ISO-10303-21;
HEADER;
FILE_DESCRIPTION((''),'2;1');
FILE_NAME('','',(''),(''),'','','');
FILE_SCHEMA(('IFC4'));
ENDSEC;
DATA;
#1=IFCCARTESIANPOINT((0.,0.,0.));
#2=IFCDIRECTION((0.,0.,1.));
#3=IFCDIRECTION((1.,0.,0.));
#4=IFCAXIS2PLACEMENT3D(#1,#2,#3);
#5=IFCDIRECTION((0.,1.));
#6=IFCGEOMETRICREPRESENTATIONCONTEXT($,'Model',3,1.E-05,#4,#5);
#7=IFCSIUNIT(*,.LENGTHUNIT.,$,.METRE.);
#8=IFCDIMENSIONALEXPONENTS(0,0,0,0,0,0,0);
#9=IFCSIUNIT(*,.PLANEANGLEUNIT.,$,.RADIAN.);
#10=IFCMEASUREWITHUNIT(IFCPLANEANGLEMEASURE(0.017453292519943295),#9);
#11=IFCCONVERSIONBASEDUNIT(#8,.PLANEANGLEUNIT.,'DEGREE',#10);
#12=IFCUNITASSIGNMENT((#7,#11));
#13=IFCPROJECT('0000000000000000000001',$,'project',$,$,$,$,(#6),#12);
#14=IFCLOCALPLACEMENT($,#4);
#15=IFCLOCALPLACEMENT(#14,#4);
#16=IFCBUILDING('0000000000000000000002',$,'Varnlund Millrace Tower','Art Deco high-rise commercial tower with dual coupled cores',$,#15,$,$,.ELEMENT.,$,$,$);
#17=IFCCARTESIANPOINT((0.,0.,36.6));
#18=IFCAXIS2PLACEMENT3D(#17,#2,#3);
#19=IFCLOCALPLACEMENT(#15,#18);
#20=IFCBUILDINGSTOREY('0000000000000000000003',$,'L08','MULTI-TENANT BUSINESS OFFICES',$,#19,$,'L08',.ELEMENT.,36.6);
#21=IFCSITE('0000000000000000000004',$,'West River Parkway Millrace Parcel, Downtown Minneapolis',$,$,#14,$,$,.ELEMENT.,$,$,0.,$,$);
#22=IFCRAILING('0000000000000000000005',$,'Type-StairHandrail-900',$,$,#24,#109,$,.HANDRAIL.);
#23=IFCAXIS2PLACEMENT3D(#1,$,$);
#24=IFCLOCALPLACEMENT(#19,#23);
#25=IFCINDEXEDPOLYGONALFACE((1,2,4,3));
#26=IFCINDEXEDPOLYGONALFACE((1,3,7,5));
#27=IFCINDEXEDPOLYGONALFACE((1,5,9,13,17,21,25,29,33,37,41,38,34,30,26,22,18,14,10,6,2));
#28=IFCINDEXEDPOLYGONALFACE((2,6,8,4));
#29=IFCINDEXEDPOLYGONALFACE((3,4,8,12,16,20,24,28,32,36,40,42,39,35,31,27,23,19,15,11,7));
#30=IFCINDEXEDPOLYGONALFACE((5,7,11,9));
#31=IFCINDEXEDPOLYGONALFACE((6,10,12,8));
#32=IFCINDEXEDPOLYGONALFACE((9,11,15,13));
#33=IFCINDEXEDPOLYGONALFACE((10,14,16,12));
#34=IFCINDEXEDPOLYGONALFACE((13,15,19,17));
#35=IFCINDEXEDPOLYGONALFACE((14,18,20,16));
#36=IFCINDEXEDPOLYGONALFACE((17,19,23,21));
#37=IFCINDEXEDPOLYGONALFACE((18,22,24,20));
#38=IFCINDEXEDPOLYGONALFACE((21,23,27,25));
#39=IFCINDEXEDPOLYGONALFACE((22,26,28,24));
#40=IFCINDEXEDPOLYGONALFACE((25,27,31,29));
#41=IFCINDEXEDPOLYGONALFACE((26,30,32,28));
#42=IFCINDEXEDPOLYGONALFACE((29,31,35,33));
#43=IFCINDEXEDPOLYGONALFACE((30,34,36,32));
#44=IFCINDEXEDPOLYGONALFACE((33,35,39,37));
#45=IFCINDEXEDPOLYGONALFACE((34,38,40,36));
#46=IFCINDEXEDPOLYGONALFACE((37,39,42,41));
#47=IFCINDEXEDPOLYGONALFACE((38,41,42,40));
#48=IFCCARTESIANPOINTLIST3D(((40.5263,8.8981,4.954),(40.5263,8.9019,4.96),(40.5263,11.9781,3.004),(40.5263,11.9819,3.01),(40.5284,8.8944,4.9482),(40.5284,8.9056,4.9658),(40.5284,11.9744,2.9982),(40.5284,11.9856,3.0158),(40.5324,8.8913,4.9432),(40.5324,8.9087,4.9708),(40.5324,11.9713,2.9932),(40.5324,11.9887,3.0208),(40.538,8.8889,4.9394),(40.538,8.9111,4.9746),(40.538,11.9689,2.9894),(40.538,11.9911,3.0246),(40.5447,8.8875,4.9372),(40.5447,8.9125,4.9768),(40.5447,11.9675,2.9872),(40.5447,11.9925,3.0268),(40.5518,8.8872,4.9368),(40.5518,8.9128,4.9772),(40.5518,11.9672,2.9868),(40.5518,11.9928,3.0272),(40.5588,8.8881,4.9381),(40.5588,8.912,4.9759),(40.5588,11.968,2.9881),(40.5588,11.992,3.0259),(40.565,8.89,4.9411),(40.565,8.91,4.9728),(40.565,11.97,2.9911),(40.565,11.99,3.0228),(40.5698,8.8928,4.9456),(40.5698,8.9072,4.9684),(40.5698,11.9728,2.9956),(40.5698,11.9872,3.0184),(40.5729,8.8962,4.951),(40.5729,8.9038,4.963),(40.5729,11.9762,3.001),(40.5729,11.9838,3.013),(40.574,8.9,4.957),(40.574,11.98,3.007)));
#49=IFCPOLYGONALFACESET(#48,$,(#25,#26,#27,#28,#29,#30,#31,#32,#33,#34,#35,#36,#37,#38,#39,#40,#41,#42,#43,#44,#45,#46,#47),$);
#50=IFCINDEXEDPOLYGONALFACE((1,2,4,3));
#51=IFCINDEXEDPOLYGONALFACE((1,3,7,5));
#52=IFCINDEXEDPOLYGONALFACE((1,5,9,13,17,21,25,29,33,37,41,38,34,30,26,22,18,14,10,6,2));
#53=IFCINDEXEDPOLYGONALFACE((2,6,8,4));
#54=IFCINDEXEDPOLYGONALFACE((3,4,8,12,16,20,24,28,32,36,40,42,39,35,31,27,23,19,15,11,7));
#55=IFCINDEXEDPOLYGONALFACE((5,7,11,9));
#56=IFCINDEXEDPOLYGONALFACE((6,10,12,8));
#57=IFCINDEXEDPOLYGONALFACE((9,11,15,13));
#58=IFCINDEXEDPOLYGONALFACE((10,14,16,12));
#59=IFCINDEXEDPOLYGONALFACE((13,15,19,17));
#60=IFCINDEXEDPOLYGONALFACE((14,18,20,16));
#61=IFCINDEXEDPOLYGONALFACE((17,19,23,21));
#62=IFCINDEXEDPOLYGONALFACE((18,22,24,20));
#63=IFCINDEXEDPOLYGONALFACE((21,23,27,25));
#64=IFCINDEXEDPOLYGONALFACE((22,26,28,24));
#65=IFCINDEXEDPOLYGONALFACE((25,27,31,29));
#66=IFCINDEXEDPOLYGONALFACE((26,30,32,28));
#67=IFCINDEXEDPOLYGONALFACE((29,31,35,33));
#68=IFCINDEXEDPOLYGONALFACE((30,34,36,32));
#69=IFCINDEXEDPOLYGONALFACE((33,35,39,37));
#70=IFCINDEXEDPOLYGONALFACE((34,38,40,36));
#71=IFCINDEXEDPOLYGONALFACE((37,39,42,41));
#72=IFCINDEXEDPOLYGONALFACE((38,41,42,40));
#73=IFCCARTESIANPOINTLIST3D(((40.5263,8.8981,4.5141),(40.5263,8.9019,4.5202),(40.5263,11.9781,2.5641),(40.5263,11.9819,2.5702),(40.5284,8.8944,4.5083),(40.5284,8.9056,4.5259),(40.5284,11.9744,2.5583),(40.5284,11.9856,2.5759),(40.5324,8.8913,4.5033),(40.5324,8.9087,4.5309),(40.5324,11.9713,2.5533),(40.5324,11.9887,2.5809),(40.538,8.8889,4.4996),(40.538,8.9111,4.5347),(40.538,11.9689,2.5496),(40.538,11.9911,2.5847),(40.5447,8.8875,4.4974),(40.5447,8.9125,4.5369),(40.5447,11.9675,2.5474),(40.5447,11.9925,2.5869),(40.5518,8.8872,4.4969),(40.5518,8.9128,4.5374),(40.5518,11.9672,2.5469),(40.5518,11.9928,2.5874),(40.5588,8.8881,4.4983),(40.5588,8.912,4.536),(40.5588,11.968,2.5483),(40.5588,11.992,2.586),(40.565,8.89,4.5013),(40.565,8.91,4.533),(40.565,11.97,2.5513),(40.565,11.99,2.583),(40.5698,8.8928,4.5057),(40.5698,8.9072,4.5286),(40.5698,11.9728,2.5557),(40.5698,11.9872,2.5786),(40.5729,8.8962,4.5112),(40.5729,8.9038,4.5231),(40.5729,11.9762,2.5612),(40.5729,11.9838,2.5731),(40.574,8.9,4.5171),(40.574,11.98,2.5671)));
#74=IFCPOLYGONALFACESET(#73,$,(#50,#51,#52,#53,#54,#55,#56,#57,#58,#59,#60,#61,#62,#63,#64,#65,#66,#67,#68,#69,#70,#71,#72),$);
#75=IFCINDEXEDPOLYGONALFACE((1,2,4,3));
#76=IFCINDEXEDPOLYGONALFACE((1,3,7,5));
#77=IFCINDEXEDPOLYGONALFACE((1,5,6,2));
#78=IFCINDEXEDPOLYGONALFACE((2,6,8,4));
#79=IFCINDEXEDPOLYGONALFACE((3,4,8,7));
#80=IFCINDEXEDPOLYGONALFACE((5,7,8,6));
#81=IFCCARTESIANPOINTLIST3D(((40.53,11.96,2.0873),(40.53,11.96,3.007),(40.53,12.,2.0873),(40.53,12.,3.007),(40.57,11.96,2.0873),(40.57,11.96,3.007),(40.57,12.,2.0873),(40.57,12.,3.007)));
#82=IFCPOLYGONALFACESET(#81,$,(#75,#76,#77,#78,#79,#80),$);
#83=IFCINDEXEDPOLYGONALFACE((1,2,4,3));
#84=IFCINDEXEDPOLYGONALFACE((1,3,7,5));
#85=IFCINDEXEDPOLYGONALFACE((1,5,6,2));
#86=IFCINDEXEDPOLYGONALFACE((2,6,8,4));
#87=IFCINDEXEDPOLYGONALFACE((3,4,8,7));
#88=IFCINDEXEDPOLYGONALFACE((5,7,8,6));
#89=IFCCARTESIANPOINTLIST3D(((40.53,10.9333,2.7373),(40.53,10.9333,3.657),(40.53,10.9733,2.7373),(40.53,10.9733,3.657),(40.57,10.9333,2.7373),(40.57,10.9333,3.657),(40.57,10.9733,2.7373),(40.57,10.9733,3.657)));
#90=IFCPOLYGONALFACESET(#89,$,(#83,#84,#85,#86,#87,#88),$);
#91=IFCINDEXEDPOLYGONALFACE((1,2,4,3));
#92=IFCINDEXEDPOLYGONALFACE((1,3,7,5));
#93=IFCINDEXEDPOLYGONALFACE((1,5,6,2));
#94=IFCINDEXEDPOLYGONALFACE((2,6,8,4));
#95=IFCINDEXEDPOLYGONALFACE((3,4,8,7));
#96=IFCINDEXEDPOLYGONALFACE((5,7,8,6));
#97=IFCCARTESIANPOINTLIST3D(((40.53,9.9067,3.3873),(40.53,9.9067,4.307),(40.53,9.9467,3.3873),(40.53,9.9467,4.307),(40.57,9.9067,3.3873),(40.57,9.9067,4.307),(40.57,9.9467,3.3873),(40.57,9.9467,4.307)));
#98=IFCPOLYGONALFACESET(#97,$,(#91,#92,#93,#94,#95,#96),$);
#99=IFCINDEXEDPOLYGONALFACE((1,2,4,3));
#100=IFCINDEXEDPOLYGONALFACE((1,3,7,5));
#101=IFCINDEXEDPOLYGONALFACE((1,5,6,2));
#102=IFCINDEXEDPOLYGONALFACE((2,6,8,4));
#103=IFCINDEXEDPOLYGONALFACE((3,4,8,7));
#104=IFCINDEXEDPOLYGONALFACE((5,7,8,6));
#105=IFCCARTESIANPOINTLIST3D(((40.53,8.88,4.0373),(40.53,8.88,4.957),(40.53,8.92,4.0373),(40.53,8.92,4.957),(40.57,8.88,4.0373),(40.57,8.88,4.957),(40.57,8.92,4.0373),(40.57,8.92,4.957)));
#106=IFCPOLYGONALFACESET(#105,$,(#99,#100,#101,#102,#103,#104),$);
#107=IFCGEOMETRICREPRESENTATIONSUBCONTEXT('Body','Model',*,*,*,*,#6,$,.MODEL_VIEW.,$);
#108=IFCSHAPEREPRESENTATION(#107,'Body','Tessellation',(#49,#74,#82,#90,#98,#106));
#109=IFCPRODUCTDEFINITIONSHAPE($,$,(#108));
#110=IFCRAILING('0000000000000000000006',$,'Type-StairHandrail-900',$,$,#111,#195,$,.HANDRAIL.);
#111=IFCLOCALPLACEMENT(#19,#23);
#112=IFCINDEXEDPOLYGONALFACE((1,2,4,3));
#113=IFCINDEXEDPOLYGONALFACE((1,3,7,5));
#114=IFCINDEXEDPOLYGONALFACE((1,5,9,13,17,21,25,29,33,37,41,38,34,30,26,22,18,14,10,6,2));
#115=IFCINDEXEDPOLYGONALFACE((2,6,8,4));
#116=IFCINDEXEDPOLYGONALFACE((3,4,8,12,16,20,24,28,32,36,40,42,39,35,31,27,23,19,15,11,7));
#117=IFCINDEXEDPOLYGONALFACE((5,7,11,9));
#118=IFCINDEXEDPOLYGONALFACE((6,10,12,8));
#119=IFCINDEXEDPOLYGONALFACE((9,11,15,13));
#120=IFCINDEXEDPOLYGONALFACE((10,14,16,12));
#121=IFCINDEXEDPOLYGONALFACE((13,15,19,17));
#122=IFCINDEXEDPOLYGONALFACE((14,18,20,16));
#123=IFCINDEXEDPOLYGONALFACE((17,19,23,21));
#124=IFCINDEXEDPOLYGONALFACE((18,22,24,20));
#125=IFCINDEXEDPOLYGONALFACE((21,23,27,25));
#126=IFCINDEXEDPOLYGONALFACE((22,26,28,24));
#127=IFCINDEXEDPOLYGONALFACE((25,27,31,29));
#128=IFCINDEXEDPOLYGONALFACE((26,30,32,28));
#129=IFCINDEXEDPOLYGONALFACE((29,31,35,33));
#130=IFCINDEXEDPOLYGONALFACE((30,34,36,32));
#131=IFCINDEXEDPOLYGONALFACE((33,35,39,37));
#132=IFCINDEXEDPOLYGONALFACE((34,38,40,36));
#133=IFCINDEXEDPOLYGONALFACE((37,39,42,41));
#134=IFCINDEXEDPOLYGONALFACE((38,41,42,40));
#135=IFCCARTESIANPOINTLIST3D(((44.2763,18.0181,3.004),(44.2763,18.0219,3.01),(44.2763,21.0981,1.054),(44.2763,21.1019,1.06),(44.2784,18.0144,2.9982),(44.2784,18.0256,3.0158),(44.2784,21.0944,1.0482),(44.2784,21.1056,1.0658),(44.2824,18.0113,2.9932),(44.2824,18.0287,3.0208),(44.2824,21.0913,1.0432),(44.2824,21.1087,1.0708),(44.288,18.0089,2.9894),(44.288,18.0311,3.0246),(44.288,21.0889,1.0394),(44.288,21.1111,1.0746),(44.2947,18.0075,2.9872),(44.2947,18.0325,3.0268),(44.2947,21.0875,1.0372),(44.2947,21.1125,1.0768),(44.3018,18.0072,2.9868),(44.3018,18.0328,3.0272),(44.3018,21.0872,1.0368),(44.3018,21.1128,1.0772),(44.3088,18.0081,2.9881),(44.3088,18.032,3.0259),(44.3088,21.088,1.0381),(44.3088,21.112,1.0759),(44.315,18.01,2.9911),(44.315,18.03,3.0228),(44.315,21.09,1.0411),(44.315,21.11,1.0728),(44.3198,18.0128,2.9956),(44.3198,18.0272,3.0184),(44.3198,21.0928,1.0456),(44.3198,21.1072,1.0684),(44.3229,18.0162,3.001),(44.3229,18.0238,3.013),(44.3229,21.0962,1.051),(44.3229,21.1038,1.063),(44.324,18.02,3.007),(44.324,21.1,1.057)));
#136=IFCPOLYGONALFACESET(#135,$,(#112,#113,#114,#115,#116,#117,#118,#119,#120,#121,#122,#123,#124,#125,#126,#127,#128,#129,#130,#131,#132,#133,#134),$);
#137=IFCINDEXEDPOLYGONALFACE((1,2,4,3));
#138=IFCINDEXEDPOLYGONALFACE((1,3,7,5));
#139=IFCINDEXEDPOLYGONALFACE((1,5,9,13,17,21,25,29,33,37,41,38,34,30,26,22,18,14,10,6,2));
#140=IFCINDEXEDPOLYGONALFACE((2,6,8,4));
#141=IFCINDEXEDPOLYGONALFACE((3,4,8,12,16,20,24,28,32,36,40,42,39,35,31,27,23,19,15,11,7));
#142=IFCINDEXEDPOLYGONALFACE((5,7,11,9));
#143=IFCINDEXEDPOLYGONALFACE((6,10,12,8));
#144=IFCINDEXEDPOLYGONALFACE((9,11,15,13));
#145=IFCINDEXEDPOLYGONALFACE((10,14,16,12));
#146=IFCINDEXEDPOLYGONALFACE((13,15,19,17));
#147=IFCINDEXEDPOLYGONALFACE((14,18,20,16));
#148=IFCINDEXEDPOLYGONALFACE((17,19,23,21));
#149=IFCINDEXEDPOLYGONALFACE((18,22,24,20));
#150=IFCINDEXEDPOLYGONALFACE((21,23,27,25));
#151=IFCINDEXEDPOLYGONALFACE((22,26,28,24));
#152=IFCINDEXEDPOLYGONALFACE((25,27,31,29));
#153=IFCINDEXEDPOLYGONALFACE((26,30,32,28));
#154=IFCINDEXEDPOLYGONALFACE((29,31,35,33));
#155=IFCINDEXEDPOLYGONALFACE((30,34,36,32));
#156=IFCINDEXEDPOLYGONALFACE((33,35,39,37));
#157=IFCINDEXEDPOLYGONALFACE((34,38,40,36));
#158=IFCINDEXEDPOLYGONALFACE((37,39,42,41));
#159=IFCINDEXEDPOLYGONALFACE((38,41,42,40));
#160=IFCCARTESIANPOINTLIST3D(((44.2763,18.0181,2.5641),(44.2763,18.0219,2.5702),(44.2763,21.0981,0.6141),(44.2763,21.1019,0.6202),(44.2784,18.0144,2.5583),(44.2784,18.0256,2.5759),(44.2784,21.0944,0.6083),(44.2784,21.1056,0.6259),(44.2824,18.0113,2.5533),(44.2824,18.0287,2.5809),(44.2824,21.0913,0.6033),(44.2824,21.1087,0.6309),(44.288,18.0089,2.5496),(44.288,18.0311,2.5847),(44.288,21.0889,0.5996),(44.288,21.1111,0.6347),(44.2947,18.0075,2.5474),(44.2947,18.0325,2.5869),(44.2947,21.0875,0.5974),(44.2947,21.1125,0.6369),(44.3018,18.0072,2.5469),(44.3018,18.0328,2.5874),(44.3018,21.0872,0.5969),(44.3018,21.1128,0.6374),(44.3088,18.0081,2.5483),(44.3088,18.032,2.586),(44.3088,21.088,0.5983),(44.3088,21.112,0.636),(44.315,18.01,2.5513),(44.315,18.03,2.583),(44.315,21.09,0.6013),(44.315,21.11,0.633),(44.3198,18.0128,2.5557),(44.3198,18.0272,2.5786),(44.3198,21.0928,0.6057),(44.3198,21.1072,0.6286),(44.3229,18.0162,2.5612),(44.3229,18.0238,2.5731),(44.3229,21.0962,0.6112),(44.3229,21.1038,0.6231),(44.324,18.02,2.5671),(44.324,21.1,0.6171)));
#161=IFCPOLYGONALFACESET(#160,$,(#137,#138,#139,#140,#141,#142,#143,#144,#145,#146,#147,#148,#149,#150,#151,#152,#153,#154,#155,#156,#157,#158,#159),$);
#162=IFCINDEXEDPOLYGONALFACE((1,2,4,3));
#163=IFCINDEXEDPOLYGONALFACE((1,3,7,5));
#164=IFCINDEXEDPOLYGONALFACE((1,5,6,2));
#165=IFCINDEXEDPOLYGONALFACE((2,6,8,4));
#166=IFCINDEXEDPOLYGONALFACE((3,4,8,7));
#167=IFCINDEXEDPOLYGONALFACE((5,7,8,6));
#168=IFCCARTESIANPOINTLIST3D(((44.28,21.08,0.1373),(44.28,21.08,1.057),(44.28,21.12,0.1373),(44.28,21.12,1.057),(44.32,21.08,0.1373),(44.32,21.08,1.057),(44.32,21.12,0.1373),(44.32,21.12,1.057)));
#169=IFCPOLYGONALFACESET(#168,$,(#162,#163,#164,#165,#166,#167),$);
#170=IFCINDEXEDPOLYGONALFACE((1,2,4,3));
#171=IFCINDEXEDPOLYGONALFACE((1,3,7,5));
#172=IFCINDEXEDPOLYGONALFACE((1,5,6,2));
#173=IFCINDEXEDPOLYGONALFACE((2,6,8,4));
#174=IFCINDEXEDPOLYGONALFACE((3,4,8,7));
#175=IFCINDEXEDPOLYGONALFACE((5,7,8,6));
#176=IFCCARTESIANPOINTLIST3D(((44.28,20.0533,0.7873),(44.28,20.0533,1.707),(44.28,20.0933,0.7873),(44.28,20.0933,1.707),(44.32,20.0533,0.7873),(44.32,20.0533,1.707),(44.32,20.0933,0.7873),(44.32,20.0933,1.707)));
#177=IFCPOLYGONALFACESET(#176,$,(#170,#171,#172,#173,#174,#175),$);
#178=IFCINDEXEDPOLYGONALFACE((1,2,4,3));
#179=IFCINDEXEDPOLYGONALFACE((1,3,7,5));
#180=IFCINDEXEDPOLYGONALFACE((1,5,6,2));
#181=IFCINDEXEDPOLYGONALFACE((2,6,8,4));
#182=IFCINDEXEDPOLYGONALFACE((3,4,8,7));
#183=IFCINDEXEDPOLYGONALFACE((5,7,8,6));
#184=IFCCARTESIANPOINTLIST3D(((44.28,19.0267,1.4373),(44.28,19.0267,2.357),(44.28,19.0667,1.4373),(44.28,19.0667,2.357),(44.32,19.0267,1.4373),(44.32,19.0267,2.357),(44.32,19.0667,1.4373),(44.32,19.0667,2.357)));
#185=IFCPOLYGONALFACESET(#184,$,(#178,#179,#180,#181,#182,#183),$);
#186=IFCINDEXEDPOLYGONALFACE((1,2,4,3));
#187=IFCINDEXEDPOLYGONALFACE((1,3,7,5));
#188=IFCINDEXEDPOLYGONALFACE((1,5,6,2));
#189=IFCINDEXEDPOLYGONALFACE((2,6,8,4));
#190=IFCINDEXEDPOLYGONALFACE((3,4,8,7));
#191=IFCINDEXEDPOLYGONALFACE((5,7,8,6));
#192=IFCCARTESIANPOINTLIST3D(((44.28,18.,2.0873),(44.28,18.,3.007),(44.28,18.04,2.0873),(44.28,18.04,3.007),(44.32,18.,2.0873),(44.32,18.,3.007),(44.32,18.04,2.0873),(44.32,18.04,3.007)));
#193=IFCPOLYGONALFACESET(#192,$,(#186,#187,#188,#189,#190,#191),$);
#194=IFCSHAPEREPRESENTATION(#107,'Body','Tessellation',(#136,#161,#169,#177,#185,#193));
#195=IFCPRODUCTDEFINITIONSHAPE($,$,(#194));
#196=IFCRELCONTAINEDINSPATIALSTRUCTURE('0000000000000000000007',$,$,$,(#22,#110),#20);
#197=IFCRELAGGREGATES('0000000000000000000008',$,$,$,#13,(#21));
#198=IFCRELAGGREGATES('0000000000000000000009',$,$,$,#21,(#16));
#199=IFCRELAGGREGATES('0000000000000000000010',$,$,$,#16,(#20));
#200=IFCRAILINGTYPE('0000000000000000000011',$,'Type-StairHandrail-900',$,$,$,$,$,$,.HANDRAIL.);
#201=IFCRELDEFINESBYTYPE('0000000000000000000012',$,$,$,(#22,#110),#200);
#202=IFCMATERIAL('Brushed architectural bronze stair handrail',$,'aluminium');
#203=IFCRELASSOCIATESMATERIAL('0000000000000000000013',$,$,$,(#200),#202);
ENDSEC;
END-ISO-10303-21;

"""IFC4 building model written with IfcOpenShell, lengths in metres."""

from ifc_helpers import new_model, entity, si_unit, converted_unit, direction, frame, origin_with_axes, origin_2d_with_axis, place, context, subcontext, project, spatial, rectangle, circle, extrude, material, type_object, element, save


model = new_model("IFC4")

# Units and contexts
model_context = context("Model", 3, precision=1e-05, world=origin_with_axes(), true_north=direction((0.0, 1.0)))
body_context = subcontext(model_context, "Body", "Model", "MODEL_VIEW")
ifc_project = project(units=[si_unit("LENGTHUNIT", "METRE"), converted_unit("PLANEANGLEUNIT", "DEGREE", entity("IfcPlaneAngleMeasure", 0.017453292519943295), si_unit("PLANEANGLEUNIT", "RADIAN"), dimensions=[0, 0, 0, 0, 0, 0, 0])], contexts=[model_context])

# Site, building, storey
site_placement = place(None, origin_with_axes())
site = spatial("IfcSite", under=ifc_project, at=site_placement, Name="West River Parkway Millrace Parcel, Downtown Minneapolis", CompositionType="ELEMENT", RefElevation=0.0)
building_placement = place(site_placement, origin_with_axes())
building = spatial("IfcBuilding", under=site, at=building_placement, Name="Varnlund Millrace Tower", Description="Art Deco high-rise commercial tower with dual coupled cores", CompositionType="ELEMENT")
storey_placement = place(building_placement, frame((0.0, 0.0, 36.6), z_axis=(0.0, 0.0, 1.0), x_axis=(1.0, 0.0, 0.0)))
storey = spatial("IfcBuildingStorey", under=building, at=storey_placement, Name="L08", Description="MULTI-TENANT BUSINESS OFFICES", LongName="L08", CompositionType="ELEMENT", Elevation=36.6)

# Railings
ifc_material_1 = material(Name="Brushed architectural bronze stair handrail", Category="aluminium")
railing_type_1 = type_object("IfcRailingType", Name="Type-StairHandrail-900", PredefinedType="HANDRAIL", material=ifc_material_1)
railing_1_placement = place(storey_placement, frame((0.0, 0.0, -36.6), z_axis=(0.0, 0.0, 1.0), x_axis=(1.0, 0.0, 0.0)))
element("IfcRailing", 1, at=railing_1_placement, inside=storey, type_object=railing_type_1, Name="Type-StairHandrail-900", PredefinedType="HANDRAIL", context=body_context, shape_type="SweptSolid", body=[
    extrude(circle(Radius=0.024, at=origin_2d_with_axis()), frame((40.55, 11.98, 39.607), z_axis=(0.0, -0.844902, 0.534922), x_axis=(1.0, 0.0, 0.0)), (0.0, 0.0, 1.0), 3.6454),
    extrude(circle(Radius=0.024, at=origin_2d_with_axis()), frame((40.55, 11.98, 39.1671), z_axis=(0.0, -0.844902, 0.534922), x_axis=(1.0, 0.0, 0.0)), (0.0, 0.0, 1.0), 3.6454),
    extrude(rectangle(XDim=0.04, YDim=0.04, at=origin_2d_with_axis()), frame((40.55, 11.98, 38.6873), z_axis=(0.0, 0.0, 1.0), x_axis=(1.0, 0.0, 0.0)), (0.0, 0.0, 1.0), 0.9197),
    extrude(rectangle(XDim=0.04, YDim=0.04, at=origin_2d_with_axis()), frame((40.55, 10.9533, 39.3373), z_axis=(0.0, 0.0, 1.0), x_axis=(1.0, 0.0, 0.0)), (0.0, 0.0, 1.0), 0.9197),
    extrude(rectangle(XDim=0.04, YDim=0.04, at=origin_2d_with_axis()), frame((40.55, 9.9267, 39.9873), z_axis=(0.0, 0.0, 1.0), x_axis=(1.0, 0.0, 0.0)), (0.0, 0.0, 1.0), 0.9197),
    extrude(rectangle(XDim=0.04, YDim=0.04, at=origin_2d_with_axis()), frame((40.55, 8.9, 40.6373), z_axis=(0.0, 0.0, 1.0), x_axis=(1.0, 0.0, 0.0)), (0.0, 0.0, 1.0), 0.9197),
])
railing_2_placement = place(storey_placement, frame((0.0, 0.0, -36.6), z_axis=(0.0, 0.0, 1.0), x_axis=(1.0, 0.0, 0.0)))
element("IfcRailing", 2, at=railing_2_placement, inside=storey, type_object=railing_type_1, Name="Type-StairHandrail-900", PredefinedType="HANDRAIL", context=body_context, shape_type="SweptSolid", body=[
    extrude(circle(Radius=0.024, at=origin_2d_with_axis()), frame((44.3, 21.1, 37.657), z_axis=(0.0, -0.844902, 0.534922), x_axis=(1.0, 0.0, 0.0)), (0.0, 0.0, 1.0), 3.6454),
    extrude(circle(Radius=0.024, at=origin_2d_with_axis()), frame((44.3, 21.1, 37.2171), z_axis=(0.0, -0.844902, 0.534922), x_axis=(1.0, 0.0, 0.0)), (0.0, 0.0, 1.0), 3.6454),
    extrude(rectangle(XDim=0.04, YDim=0.04, at=origin_2d_with_axis()), frame((44.3, 21.1, 36.7373), z_axis=(0.0, 0.0, 1.0), x_axis=(1.0, 0.0, 0.0)), (0.0, 0.0, 1.0), 0.9197),
    extrude(rectangle(XDim=0.04, YDim=0.04, at=origin_2d_with_axis()), frame((44.3, 20.0733, 37.3873), z_axis=(0.0, 0.0, 1.0), x_axis=(1.0, 0.0, 0.0)), (0.0, 0.0, 1.0), 0.9197),
    extrude(rectangle(XDim=0.04, YDim=0.04, at=origin_2d_with_axis()), frame((44.3, 19.0467, 38.0373), z_axis=(0.0, 0.0, 1.0), x_axis=(1.0, 0.0, 0.0)), (0.0, 0.0, 1.0), 0.9197),
    extrude(rectangle(XDim=0.04, YDim=0.04, at=origin_2d_with_axis()), frame((44.3, 18.02, 38.6873), z_axis=(0.0, 0.0, 1.0), x_axis=(1.0, 0.0, 0.0)), (0.0, 0.0, 1.0), 0.9197),
])

save(model, "model.ifc")
